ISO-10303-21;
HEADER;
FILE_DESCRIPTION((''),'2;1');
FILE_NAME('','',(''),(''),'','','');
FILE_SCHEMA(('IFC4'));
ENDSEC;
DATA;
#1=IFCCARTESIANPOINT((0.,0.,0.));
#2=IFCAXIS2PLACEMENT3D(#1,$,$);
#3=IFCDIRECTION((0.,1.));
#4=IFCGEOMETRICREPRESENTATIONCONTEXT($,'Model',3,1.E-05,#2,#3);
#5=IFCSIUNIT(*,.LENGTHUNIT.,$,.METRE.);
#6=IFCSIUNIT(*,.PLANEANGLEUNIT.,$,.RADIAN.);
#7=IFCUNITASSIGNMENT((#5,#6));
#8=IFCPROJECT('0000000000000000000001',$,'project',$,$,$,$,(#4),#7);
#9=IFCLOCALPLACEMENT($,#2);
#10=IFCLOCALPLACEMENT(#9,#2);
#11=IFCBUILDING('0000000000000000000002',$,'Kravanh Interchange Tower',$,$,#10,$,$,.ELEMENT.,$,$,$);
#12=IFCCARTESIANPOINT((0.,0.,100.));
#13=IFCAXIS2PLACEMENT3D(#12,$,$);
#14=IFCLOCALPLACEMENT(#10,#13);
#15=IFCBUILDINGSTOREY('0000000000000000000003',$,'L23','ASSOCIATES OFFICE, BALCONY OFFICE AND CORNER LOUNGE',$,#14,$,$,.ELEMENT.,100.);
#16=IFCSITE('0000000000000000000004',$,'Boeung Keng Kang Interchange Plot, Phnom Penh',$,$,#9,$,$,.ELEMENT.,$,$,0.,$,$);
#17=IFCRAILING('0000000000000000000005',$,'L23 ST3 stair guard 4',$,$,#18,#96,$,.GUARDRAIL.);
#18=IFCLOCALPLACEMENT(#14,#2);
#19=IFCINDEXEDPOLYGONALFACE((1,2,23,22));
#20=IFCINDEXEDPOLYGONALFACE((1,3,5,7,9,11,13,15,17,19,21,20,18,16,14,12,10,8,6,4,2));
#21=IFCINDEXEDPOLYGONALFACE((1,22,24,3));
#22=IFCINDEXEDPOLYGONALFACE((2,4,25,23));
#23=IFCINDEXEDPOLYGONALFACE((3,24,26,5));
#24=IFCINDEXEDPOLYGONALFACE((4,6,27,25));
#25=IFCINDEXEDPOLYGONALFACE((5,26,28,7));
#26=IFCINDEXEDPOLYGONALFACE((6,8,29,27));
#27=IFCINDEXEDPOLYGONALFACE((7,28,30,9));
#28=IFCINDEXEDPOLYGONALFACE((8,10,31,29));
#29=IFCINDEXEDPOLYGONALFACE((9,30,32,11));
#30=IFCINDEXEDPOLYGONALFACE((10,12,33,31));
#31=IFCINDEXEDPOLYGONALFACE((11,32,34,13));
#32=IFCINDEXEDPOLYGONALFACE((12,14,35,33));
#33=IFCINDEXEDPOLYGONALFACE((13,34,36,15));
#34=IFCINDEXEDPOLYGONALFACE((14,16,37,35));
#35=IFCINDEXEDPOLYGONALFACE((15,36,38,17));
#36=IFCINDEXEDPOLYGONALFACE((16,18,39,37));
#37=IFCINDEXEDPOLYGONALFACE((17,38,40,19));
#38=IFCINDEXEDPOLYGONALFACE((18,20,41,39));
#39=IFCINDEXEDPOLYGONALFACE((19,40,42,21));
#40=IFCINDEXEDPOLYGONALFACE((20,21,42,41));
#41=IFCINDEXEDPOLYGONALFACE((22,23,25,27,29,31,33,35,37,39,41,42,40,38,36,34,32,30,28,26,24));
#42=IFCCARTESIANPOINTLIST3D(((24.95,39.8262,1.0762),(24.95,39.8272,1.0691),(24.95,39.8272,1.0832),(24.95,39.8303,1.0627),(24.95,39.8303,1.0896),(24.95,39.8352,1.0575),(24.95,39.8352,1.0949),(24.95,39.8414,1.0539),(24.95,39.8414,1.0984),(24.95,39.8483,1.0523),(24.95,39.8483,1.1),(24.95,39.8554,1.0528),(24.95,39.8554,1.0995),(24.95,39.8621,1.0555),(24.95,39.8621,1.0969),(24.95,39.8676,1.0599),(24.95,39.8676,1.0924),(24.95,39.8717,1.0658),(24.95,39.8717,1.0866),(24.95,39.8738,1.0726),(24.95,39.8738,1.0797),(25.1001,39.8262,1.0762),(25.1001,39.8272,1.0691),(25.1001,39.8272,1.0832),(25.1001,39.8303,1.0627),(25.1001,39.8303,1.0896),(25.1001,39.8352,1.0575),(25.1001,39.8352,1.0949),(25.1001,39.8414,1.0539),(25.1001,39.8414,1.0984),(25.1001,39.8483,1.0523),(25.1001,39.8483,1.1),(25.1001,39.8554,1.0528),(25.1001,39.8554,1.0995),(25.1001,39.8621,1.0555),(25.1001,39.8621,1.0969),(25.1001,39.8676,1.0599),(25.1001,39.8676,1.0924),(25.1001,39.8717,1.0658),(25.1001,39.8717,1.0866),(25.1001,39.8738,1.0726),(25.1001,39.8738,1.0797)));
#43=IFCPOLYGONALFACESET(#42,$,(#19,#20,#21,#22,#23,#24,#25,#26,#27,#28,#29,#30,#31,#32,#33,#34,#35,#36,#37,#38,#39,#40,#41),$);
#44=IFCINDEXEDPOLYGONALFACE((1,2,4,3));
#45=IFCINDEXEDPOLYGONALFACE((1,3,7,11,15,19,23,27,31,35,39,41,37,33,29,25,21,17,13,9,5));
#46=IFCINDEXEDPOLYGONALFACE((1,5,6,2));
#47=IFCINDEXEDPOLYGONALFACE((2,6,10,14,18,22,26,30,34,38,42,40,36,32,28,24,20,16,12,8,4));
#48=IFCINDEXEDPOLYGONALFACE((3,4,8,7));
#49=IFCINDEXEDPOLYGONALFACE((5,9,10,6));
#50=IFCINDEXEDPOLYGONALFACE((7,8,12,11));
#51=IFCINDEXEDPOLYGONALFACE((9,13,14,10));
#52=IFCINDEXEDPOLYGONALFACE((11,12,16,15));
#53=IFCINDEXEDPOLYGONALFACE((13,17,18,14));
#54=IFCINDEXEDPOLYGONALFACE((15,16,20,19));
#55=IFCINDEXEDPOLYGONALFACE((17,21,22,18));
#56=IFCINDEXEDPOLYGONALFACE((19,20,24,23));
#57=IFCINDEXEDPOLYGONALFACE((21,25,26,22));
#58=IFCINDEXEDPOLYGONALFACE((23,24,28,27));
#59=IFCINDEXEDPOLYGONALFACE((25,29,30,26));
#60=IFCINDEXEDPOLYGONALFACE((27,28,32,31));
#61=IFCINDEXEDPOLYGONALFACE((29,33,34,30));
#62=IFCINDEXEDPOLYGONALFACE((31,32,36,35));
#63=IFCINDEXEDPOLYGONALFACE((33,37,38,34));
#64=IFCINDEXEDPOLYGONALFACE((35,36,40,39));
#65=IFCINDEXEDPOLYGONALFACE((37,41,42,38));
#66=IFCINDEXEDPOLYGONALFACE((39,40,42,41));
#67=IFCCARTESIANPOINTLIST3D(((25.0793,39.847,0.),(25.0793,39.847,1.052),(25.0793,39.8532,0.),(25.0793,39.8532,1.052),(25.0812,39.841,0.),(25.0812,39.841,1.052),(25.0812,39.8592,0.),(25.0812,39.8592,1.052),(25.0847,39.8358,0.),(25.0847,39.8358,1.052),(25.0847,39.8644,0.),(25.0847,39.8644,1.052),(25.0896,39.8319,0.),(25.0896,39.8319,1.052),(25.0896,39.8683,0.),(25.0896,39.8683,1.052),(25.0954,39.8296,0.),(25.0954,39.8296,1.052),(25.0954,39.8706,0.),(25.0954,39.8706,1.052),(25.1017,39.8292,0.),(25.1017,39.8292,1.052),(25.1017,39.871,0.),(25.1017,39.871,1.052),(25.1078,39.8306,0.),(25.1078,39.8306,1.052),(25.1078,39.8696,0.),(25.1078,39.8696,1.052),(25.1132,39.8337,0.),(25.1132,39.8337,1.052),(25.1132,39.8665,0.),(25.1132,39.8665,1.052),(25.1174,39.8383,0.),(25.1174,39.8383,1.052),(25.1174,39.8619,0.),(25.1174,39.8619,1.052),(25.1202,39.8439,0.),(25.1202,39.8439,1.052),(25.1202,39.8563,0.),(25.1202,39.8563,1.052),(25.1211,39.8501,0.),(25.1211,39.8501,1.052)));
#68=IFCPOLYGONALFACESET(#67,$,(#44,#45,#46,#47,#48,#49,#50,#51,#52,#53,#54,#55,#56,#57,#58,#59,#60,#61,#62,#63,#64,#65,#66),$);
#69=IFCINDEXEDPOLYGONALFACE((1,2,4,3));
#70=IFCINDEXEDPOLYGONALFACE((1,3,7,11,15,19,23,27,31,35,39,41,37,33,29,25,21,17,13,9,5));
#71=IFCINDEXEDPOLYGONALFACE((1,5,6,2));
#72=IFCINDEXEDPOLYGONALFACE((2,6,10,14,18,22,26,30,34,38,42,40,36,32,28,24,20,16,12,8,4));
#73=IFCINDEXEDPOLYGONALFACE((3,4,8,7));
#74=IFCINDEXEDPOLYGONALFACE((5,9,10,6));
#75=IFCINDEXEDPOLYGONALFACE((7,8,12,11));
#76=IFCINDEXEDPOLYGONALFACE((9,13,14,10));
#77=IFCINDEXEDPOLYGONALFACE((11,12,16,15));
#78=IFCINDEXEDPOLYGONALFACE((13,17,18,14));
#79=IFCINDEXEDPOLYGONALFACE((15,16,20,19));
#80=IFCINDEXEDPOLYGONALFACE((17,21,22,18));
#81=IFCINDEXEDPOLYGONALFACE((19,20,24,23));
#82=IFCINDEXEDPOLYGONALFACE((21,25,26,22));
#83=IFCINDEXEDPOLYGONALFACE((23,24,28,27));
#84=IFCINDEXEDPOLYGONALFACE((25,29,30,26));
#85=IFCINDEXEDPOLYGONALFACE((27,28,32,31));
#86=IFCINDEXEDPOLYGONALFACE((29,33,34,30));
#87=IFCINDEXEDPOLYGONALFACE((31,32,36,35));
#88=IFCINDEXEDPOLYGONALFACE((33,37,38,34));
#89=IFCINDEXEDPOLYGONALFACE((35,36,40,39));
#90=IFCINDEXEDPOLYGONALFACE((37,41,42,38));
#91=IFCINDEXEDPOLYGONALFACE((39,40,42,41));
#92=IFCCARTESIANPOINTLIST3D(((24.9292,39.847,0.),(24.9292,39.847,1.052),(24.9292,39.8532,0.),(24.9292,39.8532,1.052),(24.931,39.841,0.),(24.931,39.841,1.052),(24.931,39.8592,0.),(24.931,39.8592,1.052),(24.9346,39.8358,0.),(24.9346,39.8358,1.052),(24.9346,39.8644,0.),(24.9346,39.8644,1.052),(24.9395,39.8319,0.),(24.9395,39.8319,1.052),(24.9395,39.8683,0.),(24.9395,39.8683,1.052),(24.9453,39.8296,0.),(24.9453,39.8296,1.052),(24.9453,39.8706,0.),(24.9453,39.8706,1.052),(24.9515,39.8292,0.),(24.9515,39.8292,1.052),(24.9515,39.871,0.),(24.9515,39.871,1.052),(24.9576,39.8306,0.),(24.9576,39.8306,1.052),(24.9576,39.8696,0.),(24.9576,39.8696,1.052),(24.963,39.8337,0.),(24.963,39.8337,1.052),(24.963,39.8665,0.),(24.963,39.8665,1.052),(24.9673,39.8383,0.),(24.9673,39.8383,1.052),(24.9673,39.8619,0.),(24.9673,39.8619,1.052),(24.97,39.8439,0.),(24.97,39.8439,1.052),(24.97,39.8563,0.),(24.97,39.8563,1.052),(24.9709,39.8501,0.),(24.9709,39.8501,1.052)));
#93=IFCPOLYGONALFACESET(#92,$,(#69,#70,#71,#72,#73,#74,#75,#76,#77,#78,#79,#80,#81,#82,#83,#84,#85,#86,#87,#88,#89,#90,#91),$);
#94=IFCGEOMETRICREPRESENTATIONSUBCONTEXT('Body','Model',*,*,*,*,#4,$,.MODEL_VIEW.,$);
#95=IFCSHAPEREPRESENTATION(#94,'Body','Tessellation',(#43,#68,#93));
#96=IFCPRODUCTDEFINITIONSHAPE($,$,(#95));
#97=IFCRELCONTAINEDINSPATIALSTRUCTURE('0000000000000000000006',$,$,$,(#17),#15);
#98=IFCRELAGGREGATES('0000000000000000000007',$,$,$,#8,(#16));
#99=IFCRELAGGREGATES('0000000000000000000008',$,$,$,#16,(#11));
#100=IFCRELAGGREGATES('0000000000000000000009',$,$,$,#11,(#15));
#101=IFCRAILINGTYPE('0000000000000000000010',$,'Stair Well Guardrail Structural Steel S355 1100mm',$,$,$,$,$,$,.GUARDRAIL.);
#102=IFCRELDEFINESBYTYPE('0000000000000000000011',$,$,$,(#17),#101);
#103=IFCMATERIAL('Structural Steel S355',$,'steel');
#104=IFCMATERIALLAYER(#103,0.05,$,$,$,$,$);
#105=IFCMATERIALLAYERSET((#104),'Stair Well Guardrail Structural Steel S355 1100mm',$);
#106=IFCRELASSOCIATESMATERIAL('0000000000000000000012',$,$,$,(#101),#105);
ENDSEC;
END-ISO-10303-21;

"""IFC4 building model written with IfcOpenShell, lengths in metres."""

from ifc_helpers import new_model, si_unit, direction, frame, origin, origin_2d, place, context, subcontext, project, spatial, circle, extrude, material, layer, layer_set, type_object, element, save


model = new_model("IFC4")

# Units and contexts
model_context = context("Model", 3, precision=1e-05, world=origin(), true_north=direction((0.0, 1.0)))
body_context = subcontext(model_context, "Body", "Model", "MODEL_VIEW")
ifc_project = project(units=[si_unit("LENGTHUNIT", "METRE"), si_unit("PLANEANGLEUNIT", "RADIAN")], contexts=[model_context])

# Site, building, storey
site_placement = place(None, origin())
site = spatial("IfcSite", under=ifc_project, at=site_placement, Name="Boeung Keng Kang Interchange Plot, Phnom Penh", CompositionType="ELEMENT", RefElevation=0.0)
building_placement = place(site_placement, origin())
building = spatial("IfcBuilding", under=site, at=building_placement, Name="Kravanh Interchange Tower", CompositionType="ELEMENT")
storey_placement = place(building_placement, frame((0.0, 0.0, 100.0)))
storey = spatial("IfcBuildingStorey", under=building, at=storey_placement, Name="L23", Description="ASSOCIATES OFFICE, BALCONY OFFICE AND CORNER LOUNGE", CompositionType="ELEMENT", Elevation=100.0)

# Railing
ifc_material_1 = material(Name="Structural Steel S355", Category="steel")
ifc_layer_1 = layer(ifc_material_1, 0.05)
ifc_layer_set_1 = layer_set([ifc_layer_1], Name="Stair Well Guardrail Structural Steel S355 1100mm")
railing_type_1 = type_object("IfcRailingType", Name="Stair Well Guardrail Structural Steel S355 1100mm", PredefinedType="GUARDRAIL", material=ifc_layer_set_1)
railing_1_placement = place(storey_placement, frame((25.1001, 39.8501, 0.0)))
element("IfcRailing", 1, at=railing_1_placement, inside=storey, type_object=railing_type_1, Name="L23 ST3 stair guard 4", PredefinedType="GUARDRAIL", context=body_context, shape_type="SweptSolid", body=[
    extrude(circle(Radius=0.0239, at=origin_2d()), frame((0.0, 0.0, 1.0762), z_axis=(-1.0, 0.0, 0.0), x_axis=(0.0, -1.0, 0.0)), (0.0, 0.0, 1.0), 0.1501),
    extrude(circle(Radius=0.021, at=origin_2d()), origin(), (0.0, 0.0, 1.0), 1.052),
    extrude(circle(Radius=0.021, at=origin_2d()), frame((-0.1501, 0.0, 0.0)), (0.0, 0.0, 1.0), 1.052),
])

save(model, "model.ifc")
